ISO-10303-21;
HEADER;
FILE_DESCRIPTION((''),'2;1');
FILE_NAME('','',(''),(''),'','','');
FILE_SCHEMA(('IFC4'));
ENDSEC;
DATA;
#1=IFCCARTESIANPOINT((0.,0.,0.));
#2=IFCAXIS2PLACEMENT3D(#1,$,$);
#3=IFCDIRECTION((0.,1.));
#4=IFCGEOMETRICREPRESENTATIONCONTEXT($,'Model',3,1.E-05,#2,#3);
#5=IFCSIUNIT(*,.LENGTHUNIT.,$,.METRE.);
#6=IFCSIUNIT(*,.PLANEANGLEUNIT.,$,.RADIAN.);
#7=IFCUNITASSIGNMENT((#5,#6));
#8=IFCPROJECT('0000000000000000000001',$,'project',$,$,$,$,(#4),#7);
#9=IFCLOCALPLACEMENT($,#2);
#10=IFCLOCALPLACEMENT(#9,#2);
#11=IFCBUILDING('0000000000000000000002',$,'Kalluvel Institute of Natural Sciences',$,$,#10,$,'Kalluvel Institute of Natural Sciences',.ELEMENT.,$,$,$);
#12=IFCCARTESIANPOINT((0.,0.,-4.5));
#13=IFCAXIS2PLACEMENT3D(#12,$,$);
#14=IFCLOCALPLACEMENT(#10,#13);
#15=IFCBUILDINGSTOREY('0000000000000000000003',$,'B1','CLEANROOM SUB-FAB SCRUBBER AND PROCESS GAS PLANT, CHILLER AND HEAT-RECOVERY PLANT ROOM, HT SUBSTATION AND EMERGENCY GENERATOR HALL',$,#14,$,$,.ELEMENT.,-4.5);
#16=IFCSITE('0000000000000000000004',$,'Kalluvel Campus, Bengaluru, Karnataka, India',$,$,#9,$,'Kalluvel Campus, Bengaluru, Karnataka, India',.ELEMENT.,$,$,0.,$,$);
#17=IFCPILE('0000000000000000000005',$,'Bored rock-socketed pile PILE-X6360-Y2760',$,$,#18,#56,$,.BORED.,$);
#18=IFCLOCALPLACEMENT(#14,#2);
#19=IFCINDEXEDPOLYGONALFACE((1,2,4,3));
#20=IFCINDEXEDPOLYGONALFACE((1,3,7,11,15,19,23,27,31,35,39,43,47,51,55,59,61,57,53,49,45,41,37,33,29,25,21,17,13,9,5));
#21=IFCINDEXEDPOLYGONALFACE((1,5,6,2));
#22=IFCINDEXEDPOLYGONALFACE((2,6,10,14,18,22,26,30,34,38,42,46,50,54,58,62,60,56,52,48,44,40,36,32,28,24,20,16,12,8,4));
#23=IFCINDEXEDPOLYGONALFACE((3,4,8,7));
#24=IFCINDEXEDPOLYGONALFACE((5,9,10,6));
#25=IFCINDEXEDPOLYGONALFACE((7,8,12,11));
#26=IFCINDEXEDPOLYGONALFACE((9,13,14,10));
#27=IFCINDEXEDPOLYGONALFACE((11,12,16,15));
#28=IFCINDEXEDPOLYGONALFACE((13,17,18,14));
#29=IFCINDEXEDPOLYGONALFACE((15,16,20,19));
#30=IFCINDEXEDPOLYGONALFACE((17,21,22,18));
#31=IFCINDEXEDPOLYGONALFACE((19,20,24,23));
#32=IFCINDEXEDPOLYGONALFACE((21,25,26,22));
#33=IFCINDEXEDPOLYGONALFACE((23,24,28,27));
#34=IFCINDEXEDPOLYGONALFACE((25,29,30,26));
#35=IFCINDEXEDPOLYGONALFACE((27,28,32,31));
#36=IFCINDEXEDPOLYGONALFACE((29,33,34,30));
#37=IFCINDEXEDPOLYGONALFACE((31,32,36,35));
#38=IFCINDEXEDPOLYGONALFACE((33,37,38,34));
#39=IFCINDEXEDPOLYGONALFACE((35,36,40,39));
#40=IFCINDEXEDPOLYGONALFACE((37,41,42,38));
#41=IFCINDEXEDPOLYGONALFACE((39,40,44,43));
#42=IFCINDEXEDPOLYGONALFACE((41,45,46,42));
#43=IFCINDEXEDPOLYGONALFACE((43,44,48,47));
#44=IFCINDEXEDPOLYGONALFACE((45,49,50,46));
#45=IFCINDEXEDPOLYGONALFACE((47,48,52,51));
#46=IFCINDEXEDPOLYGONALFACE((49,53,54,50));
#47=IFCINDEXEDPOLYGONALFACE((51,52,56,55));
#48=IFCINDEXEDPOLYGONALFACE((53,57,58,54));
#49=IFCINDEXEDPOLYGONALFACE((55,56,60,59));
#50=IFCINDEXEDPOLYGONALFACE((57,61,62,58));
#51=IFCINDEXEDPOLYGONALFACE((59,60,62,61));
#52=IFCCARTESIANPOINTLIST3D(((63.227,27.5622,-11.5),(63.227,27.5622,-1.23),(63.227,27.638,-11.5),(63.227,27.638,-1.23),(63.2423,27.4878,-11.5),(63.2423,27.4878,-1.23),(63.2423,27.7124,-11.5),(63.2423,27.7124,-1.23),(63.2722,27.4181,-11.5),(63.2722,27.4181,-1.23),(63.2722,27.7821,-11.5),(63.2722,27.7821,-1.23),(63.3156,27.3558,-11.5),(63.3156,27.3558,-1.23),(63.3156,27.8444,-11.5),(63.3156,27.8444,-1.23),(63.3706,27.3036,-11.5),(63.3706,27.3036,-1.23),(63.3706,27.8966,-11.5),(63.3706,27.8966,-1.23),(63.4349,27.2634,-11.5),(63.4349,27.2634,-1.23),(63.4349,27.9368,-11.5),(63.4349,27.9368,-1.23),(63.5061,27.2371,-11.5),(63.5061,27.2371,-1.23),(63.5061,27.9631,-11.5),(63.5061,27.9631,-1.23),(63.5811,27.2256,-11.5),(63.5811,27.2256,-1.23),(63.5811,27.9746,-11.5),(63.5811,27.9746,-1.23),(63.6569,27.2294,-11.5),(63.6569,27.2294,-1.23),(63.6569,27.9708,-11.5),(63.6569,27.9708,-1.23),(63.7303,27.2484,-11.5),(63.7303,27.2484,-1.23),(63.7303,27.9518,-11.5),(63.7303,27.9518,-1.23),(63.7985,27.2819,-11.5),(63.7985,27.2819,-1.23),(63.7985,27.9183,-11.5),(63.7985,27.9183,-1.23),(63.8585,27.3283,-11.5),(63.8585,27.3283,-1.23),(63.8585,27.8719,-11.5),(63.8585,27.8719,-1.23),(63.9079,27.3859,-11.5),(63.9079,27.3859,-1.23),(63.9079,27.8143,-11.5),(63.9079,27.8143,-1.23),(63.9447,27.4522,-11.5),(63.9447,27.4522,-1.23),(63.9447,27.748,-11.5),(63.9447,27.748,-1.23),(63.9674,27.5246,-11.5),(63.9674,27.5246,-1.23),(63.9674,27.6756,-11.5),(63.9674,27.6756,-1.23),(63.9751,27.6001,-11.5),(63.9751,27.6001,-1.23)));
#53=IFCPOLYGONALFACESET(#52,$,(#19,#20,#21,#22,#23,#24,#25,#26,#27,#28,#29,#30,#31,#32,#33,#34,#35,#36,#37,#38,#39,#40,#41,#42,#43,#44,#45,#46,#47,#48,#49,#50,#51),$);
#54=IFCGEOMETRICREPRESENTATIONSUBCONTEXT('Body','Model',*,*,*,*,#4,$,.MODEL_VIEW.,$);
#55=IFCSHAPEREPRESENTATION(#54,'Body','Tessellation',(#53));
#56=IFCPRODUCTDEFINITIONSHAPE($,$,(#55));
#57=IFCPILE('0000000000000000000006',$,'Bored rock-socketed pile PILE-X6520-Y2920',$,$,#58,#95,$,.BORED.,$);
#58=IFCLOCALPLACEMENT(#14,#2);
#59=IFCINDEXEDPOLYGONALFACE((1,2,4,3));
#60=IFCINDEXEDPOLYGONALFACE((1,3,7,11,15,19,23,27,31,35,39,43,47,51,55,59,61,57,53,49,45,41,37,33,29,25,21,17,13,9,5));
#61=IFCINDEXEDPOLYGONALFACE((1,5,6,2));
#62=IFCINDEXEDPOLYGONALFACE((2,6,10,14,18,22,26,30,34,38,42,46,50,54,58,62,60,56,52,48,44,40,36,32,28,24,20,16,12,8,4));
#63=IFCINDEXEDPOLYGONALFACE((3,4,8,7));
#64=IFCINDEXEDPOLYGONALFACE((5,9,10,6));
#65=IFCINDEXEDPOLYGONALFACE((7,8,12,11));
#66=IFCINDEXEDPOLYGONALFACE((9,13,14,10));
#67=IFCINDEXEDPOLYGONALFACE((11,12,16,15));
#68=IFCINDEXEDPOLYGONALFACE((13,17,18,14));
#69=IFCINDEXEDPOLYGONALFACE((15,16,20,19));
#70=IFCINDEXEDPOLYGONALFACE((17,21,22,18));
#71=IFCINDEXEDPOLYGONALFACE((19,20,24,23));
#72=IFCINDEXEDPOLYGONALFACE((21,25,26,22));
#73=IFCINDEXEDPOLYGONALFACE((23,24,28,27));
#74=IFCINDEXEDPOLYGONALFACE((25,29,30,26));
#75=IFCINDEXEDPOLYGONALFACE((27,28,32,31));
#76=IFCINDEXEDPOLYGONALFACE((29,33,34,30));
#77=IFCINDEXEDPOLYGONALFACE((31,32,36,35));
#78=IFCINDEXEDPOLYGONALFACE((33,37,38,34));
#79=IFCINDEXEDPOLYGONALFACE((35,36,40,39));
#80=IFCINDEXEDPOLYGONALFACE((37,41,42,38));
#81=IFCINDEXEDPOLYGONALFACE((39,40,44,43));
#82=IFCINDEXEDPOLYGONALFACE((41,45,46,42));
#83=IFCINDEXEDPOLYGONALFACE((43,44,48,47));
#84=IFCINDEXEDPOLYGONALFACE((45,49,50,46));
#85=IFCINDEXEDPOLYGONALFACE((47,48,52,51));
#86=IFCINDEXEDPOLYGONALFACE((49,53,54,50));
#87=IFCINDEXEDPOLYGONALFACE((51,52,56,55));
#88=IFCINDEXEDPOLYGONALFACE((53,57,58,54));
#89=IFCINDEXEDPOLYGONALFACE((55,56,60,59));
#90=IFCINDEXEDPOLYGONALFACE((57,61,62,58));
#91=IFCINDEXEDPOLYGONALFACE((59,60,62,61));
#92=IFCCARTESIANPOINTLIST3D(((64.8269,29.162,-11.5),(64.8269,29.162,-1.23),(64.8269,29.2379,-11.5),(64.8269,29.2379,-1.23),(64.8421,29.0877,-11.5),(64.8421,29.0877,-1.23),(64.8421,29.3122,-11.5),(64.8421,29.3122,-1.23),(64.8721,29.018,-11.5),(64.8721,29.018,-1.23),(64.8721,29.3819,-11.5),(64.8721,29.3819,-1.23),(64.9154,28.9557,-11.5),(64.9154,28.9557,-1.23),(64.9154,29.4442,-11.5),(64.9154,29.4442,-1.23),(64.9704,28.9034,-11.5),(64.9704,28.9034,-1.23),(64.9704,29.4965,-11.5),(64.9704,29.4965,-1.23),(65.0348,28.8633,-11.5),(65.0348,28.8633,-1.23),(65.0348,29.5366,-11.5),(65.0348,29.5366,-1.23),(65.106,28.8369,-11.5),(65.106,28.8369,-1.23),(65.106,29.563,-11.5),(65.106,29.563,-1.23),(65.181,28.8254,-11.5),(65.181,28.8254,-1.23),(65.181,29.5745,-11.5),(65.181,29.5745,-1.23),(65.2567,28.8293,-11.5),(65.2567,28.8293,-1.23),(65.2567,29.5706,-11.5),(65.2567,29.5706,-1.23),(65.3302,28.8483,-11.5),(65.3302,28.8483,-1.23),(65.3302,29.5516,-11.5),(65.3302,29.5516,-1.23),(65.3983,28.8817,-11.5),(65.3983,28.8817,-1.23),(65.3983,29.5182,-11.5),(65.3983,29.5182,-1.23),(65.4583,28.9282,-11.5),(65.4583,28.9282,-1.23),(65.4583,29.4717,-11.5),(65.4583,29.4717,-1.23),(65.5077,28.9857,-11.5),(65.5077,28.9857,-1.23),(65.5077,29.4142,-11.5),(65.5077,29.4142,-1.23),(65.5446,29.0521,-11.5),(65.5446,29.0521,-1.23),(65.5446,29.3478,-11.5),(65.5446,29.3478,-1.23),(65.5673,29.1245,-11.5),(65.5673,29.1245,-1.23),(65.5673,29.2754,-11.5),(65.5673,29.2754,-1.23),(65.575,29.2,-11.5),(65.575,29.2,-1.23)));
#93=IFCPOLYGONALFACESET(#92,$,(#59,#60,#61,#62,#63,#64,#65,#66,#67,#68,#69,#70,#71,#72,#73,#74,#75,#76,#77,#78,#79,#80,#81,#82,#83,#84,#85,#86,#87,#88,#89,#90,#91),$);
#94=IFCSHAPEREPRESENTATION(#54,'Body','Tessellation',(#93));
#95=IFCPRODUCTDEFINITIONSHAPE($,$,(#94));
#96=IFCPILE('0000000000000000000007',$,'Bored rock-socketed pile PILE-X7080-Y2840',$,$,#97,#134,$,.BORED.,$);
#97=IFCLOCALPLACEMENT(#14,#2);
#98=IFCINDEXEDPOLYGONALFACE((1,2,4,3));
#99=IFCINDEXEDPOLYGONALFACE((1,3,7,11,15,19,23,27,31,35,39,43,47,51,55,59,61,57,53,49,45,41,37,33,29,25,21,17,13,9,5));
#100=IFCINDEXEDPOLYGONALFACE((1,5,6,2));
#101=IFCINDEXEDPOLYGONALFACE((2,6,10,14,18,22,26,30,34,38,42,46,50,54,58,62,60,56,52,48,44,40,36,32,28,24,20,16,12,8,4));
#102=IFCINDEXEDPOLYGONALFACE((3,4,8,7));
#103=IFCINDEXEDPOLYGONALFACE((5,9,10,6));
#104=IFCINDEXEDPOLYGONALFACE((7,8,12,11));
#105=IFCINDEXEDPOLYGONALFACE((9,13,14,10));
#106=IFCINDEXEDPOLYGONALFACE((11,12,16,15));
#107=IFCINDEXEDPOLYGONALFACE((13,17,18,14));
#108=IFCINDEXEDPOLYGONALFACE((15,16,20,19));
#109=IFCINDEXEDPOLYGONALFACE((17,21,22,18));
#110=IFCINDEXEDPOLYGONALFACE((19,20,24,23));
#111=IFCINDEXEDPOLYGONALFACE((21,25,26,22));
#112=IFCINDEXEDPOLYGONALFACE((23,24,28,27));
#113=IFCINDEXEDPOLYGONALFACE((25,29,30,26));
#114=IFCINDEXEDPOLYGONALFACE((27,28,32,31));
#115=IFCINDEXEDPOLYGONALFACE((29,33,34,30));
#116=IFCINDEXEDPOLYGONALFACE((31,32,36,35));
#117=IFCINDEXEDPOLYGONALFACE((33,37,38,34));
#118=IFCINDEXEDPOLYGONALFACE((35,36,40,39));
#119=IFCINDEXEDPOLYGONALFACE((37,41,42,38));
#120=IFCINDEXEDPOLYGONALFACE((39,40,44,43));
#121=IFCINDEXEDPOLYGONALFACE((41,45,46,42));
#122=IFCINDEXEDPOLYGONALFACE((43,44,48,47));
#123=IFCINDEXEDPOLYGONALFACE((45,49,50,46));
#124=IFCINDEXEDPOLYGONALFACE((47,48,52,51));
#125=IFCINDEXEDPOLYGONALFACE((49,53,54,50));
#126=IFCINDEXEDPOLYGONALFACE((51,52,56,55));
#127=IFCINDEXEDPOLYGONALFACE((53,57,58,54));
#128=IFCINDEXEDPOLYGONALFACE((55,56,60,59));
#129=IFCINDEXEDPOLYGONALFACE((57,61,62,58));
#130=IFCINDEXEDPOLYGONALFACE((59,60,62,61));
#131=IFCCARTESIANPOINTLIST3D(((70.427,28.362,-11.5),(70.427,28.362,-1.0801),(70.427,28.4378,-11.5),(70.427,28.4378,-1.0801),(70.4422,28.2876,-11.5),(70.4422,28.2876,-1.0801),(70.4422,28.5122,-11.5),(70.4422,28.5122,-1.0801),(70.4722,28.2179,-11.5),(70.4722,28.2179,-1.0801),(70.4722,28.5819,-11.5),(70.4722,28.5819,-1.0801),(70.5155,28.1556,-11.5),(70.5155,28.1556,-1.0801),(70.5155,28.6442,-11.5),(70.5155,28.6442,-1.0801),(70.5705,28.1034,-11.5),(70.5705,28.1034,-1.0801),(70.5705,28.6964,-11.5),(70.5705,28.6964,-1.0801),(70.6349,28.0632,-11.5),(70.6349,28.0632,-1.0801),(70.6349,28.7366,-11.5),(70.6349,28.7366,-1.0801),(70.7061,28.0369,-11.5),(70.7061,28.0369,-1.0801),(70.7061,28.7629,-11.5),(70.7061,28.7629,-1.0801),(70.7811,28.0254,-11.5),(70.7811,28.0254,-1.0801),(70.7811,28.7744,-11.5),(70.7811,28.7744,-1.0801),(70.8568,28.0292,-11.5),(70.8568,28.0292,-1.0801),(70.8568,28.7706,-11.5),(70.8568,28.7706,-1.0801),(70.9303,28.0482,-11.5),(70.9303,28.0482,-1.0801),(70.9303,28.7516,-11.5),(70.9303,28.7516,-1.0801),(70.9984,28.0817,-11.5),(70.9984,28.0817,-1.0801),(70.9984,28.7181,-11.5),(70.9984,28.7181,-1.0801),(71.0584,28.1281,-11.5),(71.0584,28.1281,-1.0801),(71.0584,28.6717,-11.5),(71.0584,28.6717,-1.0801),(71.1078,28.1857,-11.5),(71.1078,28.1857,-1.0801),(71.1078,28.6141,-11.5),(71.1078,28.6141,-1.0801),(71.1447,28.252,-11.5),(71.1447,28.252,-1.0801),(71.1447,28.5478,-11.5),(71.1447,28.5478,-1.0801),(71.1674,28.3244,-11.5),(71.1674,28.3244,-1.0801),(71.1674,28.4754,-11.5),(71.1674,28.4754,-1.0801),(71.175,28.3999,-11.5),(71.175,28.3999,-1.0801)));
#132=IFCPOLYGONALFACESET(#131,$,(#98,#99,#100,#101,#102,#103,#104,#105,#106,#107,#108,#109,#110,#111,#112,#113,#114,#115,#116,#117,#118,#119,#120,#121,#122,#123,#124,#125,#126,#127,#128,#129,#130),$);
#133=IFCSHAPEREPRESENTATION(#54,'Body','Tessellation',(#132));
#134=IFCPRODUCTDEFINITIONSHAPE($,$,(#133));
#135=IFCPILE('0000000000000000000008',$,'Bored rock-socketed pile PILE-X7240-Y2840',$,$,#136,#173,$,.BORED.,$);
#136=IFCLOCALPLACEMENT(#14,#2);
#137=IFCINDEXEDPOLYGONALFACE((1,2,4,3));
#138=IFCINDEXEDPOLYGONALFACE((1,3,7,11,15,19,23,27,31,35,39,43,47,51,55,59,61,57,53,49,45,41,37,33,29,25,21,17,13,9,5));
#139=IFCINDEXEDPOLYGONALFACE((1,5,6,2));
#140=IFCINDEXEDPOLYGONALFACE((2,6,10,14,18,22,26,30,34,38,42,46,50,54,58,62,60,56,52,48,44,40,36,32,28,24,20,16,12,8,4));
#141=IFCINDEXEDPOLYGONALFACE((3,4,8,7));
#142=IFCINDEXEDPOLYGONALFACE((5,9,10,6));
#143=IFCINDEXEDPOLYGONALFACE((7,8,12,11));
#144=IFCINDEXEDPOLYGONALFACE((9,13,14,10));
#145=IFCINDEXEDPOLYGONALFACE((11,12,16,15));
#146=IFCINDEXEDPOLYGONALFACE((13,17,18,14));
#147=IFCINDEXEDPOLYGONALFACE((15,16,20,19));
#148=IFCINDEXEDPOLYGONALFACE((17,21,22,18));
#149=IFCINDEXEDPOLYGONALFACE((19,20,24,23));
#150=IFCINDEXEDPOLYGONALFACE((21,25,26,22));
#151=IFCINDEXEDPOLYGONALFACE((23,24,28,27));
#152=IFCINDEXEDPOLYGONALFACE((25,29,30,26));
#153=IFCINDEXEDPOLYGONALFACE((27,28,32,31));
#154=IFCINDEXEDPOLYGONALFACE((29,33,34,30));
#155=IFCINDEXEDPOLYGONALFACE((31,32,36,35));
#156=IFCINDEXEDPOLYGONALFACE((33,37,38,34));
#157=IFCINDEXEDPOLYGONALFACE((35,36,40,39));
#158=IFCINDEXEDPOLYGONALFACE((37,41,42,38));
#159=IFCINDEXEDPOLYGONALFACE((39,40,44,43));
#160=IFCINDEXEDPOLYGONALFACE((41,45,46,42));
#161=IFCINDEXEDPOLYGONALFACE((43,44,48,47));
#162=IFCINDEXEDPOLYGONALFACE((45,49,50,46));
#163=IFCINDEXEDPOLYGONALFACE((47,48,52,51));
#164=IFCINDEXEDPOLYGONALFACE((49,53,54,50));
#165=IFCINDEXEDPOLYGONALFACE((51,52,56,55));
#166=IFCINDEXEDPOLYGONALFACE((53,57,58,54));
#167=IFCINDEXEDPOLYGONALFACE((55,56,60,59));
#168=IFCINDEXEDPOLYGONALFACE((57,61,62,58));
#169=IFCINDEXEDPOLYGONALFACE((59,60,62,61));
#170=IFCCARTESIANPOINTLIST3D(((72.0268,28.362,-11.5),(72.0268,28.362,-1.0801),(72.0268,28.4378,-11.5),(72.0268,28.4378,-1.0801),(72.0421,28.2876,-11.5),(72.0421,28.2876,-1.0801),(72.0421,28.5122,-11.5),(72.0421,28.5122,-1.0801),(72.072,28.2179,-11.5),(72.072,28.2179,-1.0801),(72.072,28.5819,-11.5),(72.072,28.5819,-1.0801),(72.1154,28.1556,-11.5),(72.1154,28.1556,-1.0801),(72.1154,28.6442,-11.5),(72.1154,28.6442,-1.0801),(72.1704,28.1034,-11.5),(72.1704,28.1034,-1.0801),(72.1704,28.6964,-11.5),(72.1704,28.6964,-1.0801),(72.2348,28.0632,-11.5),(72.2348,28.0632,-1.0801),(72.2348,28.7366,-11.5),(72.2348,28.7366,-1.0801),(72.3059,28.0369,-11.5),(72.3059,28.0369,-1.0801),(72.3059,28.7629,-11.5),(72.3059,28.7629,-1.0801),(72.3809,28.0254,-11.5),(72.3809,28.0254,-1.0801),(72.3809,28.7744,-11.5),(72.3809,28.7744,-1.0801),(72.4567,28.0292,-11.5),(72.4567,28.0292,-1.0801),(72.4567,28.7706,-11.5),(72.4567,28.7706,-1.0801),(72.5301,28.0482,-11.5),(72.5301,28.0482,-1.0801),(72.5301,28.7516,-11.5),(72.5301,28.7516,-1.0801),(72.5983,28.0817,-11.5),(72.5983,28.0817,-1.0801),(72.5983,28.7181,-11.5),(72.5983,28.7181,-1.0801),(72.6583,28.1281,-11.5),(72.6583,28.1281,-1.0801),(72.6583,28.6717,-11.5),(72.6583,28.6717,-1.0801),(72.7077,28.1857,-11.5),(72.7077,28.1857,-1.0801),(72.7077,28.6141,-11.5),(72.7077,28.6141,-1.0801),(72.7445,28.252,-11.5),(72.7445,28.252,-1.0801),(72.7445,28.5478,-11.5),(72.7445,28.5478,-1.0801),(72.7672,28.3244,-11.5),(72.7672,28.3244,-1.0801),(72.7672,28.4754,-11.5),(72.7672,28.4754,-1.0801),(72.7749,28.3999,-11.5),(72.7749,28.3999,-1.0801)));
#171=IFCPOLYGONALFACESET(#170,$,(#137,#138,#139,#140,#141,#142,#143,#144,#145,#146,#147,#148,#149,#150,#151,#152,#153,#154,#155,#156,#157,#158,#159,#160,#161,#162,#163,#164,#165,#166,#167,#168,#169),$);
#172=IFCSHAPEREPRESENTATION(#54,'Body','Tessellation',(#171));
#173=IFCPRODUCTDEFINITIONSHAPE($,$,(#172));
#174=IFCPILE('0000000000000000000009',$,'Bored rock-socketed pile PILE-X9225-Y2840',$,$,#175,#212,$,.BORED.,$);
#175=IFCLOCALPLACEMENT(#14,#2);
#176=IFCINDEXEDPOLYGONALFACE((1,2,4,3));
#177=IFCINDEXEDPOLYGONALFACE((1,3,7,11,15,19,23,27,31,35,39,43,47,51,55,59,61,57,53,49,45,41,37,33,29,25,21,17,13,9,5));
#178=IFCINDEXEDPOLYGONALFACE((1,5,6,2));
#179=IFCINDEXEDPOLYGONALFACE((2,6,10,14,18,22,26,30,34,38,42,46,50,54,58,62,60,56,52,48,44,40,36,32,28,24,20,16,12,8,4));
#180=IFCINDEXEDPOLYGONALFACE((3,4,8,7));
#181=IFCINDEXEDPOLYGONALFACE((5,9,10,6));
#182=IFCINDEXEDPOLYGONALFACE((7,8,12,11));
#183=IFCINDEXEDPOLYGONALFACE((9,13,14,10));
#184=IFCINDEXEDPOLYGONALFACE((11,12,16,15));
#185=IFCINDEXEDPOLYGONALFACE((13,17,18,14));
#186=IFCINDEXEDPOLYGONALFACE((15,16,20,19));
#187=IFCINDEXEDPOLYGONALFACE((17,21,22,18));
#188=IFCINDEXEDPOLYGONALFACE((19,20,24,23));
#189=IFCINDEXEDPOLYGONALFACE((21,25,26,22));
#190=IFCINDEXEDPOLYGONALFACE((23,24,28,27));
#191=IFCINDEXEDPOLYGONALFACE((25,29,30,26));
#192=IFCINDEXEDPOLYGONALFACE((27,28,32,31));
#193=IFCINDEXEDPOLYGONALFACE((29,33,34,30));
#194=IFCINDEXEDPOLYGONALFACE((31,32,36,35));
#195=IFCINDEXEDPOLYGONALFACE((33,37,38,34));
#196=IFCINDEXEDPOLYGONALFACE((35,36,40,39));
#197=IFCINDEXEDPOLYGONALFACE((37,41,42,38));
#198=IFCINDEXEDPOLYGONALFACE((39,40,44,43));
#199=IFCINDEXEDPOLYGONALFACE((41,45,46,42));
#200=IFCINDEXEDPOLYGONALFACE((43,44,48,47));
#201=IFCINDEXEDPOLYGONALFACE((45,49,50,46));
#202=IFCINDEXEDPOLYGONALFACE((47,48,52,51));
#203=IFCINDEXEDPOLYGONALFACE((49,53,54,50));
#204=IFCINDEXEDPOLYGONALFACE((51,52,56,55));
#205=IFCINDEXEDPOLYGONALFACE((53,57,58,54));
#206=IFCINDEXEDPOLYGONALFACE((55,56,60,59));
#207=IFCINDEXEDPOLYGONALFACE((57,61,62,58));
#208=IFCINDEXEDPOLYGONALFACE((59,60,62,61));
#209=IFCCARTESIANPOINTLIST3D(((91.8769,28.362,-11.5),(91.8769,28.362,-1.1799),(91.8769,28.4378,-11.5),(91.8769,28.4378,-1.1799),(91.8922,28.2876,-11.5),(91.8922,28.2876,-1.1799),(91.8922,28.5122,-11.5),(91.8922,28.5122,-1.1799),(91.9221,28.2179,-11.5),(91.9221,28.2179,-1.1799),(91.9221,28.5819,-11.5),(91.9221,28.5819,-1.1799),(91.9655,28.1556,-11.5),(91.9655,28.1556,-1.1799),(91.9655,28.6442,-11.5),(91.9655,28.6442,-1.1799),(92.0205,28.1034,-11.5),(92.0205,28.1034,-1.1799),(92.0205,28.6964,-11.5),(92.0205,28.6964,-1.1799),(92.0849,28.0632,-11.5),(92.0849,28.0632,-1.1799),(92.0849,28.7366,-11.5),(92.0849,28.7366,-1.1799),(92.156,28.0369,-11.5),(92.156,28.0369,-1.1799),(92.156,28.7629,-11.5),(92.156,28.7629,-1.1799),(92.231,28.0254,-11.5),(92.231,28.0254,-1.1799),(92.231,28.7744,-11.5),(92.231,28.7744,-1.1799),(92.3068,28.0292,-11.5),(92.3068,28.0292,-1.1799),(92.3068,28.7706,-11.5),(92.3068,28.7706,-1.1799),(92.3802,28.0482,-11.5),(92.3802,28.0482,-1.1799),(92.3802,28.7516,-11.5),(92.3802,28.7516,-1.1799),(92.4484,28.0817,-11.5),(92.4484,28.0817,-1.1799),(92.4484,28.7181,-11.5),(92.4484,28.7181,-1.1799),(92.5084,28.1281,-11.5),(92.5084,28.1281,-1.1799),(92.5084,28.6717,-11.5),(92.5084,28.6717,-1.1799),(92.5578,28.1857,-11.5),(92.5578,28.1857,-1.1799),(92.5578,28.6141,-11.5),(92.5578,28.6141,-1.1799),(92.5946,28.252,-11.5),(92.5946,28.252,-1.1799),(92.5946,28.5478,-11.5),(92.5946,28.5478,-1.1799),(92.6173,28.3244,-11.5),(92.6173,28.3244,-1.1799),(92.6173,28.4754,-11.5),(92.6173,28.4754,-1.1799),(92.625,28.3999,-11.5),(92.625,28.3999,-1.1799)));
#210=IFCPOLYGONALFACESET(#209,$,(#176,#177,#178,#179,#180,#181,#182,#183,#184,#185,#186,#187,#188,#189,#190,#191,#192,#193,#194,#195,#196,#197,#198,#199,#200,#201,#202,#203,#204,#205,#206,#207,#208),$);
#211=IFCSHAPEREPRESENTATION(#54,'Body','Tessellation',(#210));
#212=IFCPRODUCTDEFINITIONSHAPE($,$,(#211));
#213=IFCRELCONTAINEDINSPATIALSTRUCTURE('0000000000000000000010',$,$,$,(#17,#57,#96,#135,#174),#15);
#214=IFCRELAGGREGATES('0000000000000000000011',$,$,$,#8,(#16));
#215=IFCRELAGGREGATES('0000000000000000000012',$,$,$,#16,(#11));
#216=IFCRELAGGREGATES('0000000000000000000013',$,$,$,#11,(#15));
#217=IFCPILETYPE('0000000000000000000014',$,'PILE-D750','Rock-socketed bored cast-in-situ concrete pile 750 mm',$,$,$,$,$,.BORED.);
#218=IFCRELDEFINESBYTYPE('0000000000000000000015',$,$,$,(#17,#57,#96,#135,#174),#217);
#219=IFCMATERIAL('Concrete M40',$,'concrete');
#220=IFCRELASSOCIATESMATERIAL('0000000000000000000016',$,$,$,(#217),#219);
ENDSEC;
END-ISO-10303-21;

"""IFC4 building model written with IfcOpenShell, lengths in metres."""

from ifc_helpers import new_model, si_unit, direction, frame, origin, origin_2d, place, context, subcontext, project, spatial, circle, extrude, material, material_profile, profile_set, type_object, element, save


model = new_model("IFC4")

# Units and contexts
model_context = context("Model", 3, precision=1e-05, world=origin(), true_north=direction((0.0, 1.0)))
body_context = subcontext(model_context, "Body", "Model", "MODEL_VIEW")
ifc_project = project(units=[si_unit("LENGTHUNIT", "METRE"), si_unit("PLANEANGLEUNIT", "RADIAN")], contexts=[model_context])

# Site, building, storey
site_placement = place(None, origin())
site = spatial("IfcSite", under=ifc_project, at=site_placement, Name="Kalluvel Campus, Bengaluru, Karnataka, India", LongName="Kalluvel Campus, Bengaluru, Karnataka, India", CompositionType="ELEMENT", RefElevation=0.0)
building_placement = place(site_placement, origin())
building = spatial("IfcBuilding", under=site, at=building_placement, Name="Kalluvel Institute of Natural Sciences", LongName="Kalluvel Institute of Natural Sciences", CompositionType="ELEMENT")
storey_placement = place(building_placement, frame((0.0, 0.0, -4.5)))
storey = spatial("IfcBuildingStorey", under=building, at=storey_placement, Name="B1", Description="CLEANROOM SUB-FAB SCRUBBER AND PROCESS GAS PLANT, CHILLER AND HEAT-RECOVERY PLANT ROOM, HT SUBSTATION AND EMERGENCY GENERATOR HALL", CompositionType="ELEMENT", Elevation=-4.5)

# Shared definitions
ifc_material_1 = material(Name="Concrete M40", Category="concrete")

# Piles
ifc_material_profile_1 = material_profile(ifc_material_1, circle(Radius=0.375, at=origin_2d()), Name="PILE D750")
ifc_profile_set_1 = profile_set([ifc_material_profile_1], Name="Concrete M40")
pile_type_1 = type_object("IfcPileType", Name="PILE-D750", Description="Rock-socketed bored cast-in-situ concrete pile 750 mm", PredefinedType="BORED", material=ifc_profile_set_1)
for number, where, z_axis, x_axis, name in (
    (1, (63.6001, 27.6001, -1.23), (0.0, 0.0, -1.0), (1.0, 0.0, 0.0), "Bored rock-socketed pile PILE-X6360-Y2760"),
    (2, (65.2, 29.2, -1.23), (0.0, 0.0, -1.0), (1.0, 0.0, 0.0), "Bored rock-socketed pile PILE-X6520-Y2920"),
):
    element("IfcPile", number, at=place(storey_placement, frame(where, z_axis=z_axis, x_axis=x_axis)), inside=storey, type_object=pile_type_1, Name=name, PredefinedType="BORED", context=body_context, shape_type="SweptSolid", body=[
        extrude(circle(Radius=0.375, at=origin_2d()), origin(), (0.0, 0.0, 1.0), 10.27),
    ])
for number, where, z_axis, x_axis, name in (
    (3, (70.8, 28.3999, -1.0801), (0.0, 0.0, -1.0), (1.0, 0.0, 0.0), "Bored rock-socketed pile PILE-X7080-Y2840"),
    (4, (72.3999, 28.3999, -1.0801), (0.0, 0.0, -1.0), (1.0, 0.0, 0.0), "Bored rock-socketed pile PILE-X7240-Y2840"),
):
    element("IfcPile", number, at=place(storey_placement, frame(where, z_axis=z_axis, x_axis=x_axis)), inside=storey, type_object=pile_type_1, Name=name, PredefinedType="BORED", context=body_context, shape_type="SweptSolid", body=[
        extrude(circle(Radius=0.375, at=origin_2d()), origin(), (0.0, 0.0, 1.0), 10.4199),
    ])
pile_1_placement = place(storey_placement, frame((92.25, 28.3999, -1.1799), z_axis=(0.0, 0.0, -1.0), x_axis=(1.0, 0.0, 0.0)))
element("IfcPile", 5, at=pile_1_placement, inside=storey, type_object=pile_type_1, Name="Bored rock-socketed pile PILE-X9225-Y2840", PredefinedType="BORED", context=body_context, shape_type="SweptSolid", body=[
    extrude(circle(Radius=0.375, at=origin_2d()), origin(), (0.0, 0.0, 1.0), 10.3201),
])

save(model, "model.ifc")
